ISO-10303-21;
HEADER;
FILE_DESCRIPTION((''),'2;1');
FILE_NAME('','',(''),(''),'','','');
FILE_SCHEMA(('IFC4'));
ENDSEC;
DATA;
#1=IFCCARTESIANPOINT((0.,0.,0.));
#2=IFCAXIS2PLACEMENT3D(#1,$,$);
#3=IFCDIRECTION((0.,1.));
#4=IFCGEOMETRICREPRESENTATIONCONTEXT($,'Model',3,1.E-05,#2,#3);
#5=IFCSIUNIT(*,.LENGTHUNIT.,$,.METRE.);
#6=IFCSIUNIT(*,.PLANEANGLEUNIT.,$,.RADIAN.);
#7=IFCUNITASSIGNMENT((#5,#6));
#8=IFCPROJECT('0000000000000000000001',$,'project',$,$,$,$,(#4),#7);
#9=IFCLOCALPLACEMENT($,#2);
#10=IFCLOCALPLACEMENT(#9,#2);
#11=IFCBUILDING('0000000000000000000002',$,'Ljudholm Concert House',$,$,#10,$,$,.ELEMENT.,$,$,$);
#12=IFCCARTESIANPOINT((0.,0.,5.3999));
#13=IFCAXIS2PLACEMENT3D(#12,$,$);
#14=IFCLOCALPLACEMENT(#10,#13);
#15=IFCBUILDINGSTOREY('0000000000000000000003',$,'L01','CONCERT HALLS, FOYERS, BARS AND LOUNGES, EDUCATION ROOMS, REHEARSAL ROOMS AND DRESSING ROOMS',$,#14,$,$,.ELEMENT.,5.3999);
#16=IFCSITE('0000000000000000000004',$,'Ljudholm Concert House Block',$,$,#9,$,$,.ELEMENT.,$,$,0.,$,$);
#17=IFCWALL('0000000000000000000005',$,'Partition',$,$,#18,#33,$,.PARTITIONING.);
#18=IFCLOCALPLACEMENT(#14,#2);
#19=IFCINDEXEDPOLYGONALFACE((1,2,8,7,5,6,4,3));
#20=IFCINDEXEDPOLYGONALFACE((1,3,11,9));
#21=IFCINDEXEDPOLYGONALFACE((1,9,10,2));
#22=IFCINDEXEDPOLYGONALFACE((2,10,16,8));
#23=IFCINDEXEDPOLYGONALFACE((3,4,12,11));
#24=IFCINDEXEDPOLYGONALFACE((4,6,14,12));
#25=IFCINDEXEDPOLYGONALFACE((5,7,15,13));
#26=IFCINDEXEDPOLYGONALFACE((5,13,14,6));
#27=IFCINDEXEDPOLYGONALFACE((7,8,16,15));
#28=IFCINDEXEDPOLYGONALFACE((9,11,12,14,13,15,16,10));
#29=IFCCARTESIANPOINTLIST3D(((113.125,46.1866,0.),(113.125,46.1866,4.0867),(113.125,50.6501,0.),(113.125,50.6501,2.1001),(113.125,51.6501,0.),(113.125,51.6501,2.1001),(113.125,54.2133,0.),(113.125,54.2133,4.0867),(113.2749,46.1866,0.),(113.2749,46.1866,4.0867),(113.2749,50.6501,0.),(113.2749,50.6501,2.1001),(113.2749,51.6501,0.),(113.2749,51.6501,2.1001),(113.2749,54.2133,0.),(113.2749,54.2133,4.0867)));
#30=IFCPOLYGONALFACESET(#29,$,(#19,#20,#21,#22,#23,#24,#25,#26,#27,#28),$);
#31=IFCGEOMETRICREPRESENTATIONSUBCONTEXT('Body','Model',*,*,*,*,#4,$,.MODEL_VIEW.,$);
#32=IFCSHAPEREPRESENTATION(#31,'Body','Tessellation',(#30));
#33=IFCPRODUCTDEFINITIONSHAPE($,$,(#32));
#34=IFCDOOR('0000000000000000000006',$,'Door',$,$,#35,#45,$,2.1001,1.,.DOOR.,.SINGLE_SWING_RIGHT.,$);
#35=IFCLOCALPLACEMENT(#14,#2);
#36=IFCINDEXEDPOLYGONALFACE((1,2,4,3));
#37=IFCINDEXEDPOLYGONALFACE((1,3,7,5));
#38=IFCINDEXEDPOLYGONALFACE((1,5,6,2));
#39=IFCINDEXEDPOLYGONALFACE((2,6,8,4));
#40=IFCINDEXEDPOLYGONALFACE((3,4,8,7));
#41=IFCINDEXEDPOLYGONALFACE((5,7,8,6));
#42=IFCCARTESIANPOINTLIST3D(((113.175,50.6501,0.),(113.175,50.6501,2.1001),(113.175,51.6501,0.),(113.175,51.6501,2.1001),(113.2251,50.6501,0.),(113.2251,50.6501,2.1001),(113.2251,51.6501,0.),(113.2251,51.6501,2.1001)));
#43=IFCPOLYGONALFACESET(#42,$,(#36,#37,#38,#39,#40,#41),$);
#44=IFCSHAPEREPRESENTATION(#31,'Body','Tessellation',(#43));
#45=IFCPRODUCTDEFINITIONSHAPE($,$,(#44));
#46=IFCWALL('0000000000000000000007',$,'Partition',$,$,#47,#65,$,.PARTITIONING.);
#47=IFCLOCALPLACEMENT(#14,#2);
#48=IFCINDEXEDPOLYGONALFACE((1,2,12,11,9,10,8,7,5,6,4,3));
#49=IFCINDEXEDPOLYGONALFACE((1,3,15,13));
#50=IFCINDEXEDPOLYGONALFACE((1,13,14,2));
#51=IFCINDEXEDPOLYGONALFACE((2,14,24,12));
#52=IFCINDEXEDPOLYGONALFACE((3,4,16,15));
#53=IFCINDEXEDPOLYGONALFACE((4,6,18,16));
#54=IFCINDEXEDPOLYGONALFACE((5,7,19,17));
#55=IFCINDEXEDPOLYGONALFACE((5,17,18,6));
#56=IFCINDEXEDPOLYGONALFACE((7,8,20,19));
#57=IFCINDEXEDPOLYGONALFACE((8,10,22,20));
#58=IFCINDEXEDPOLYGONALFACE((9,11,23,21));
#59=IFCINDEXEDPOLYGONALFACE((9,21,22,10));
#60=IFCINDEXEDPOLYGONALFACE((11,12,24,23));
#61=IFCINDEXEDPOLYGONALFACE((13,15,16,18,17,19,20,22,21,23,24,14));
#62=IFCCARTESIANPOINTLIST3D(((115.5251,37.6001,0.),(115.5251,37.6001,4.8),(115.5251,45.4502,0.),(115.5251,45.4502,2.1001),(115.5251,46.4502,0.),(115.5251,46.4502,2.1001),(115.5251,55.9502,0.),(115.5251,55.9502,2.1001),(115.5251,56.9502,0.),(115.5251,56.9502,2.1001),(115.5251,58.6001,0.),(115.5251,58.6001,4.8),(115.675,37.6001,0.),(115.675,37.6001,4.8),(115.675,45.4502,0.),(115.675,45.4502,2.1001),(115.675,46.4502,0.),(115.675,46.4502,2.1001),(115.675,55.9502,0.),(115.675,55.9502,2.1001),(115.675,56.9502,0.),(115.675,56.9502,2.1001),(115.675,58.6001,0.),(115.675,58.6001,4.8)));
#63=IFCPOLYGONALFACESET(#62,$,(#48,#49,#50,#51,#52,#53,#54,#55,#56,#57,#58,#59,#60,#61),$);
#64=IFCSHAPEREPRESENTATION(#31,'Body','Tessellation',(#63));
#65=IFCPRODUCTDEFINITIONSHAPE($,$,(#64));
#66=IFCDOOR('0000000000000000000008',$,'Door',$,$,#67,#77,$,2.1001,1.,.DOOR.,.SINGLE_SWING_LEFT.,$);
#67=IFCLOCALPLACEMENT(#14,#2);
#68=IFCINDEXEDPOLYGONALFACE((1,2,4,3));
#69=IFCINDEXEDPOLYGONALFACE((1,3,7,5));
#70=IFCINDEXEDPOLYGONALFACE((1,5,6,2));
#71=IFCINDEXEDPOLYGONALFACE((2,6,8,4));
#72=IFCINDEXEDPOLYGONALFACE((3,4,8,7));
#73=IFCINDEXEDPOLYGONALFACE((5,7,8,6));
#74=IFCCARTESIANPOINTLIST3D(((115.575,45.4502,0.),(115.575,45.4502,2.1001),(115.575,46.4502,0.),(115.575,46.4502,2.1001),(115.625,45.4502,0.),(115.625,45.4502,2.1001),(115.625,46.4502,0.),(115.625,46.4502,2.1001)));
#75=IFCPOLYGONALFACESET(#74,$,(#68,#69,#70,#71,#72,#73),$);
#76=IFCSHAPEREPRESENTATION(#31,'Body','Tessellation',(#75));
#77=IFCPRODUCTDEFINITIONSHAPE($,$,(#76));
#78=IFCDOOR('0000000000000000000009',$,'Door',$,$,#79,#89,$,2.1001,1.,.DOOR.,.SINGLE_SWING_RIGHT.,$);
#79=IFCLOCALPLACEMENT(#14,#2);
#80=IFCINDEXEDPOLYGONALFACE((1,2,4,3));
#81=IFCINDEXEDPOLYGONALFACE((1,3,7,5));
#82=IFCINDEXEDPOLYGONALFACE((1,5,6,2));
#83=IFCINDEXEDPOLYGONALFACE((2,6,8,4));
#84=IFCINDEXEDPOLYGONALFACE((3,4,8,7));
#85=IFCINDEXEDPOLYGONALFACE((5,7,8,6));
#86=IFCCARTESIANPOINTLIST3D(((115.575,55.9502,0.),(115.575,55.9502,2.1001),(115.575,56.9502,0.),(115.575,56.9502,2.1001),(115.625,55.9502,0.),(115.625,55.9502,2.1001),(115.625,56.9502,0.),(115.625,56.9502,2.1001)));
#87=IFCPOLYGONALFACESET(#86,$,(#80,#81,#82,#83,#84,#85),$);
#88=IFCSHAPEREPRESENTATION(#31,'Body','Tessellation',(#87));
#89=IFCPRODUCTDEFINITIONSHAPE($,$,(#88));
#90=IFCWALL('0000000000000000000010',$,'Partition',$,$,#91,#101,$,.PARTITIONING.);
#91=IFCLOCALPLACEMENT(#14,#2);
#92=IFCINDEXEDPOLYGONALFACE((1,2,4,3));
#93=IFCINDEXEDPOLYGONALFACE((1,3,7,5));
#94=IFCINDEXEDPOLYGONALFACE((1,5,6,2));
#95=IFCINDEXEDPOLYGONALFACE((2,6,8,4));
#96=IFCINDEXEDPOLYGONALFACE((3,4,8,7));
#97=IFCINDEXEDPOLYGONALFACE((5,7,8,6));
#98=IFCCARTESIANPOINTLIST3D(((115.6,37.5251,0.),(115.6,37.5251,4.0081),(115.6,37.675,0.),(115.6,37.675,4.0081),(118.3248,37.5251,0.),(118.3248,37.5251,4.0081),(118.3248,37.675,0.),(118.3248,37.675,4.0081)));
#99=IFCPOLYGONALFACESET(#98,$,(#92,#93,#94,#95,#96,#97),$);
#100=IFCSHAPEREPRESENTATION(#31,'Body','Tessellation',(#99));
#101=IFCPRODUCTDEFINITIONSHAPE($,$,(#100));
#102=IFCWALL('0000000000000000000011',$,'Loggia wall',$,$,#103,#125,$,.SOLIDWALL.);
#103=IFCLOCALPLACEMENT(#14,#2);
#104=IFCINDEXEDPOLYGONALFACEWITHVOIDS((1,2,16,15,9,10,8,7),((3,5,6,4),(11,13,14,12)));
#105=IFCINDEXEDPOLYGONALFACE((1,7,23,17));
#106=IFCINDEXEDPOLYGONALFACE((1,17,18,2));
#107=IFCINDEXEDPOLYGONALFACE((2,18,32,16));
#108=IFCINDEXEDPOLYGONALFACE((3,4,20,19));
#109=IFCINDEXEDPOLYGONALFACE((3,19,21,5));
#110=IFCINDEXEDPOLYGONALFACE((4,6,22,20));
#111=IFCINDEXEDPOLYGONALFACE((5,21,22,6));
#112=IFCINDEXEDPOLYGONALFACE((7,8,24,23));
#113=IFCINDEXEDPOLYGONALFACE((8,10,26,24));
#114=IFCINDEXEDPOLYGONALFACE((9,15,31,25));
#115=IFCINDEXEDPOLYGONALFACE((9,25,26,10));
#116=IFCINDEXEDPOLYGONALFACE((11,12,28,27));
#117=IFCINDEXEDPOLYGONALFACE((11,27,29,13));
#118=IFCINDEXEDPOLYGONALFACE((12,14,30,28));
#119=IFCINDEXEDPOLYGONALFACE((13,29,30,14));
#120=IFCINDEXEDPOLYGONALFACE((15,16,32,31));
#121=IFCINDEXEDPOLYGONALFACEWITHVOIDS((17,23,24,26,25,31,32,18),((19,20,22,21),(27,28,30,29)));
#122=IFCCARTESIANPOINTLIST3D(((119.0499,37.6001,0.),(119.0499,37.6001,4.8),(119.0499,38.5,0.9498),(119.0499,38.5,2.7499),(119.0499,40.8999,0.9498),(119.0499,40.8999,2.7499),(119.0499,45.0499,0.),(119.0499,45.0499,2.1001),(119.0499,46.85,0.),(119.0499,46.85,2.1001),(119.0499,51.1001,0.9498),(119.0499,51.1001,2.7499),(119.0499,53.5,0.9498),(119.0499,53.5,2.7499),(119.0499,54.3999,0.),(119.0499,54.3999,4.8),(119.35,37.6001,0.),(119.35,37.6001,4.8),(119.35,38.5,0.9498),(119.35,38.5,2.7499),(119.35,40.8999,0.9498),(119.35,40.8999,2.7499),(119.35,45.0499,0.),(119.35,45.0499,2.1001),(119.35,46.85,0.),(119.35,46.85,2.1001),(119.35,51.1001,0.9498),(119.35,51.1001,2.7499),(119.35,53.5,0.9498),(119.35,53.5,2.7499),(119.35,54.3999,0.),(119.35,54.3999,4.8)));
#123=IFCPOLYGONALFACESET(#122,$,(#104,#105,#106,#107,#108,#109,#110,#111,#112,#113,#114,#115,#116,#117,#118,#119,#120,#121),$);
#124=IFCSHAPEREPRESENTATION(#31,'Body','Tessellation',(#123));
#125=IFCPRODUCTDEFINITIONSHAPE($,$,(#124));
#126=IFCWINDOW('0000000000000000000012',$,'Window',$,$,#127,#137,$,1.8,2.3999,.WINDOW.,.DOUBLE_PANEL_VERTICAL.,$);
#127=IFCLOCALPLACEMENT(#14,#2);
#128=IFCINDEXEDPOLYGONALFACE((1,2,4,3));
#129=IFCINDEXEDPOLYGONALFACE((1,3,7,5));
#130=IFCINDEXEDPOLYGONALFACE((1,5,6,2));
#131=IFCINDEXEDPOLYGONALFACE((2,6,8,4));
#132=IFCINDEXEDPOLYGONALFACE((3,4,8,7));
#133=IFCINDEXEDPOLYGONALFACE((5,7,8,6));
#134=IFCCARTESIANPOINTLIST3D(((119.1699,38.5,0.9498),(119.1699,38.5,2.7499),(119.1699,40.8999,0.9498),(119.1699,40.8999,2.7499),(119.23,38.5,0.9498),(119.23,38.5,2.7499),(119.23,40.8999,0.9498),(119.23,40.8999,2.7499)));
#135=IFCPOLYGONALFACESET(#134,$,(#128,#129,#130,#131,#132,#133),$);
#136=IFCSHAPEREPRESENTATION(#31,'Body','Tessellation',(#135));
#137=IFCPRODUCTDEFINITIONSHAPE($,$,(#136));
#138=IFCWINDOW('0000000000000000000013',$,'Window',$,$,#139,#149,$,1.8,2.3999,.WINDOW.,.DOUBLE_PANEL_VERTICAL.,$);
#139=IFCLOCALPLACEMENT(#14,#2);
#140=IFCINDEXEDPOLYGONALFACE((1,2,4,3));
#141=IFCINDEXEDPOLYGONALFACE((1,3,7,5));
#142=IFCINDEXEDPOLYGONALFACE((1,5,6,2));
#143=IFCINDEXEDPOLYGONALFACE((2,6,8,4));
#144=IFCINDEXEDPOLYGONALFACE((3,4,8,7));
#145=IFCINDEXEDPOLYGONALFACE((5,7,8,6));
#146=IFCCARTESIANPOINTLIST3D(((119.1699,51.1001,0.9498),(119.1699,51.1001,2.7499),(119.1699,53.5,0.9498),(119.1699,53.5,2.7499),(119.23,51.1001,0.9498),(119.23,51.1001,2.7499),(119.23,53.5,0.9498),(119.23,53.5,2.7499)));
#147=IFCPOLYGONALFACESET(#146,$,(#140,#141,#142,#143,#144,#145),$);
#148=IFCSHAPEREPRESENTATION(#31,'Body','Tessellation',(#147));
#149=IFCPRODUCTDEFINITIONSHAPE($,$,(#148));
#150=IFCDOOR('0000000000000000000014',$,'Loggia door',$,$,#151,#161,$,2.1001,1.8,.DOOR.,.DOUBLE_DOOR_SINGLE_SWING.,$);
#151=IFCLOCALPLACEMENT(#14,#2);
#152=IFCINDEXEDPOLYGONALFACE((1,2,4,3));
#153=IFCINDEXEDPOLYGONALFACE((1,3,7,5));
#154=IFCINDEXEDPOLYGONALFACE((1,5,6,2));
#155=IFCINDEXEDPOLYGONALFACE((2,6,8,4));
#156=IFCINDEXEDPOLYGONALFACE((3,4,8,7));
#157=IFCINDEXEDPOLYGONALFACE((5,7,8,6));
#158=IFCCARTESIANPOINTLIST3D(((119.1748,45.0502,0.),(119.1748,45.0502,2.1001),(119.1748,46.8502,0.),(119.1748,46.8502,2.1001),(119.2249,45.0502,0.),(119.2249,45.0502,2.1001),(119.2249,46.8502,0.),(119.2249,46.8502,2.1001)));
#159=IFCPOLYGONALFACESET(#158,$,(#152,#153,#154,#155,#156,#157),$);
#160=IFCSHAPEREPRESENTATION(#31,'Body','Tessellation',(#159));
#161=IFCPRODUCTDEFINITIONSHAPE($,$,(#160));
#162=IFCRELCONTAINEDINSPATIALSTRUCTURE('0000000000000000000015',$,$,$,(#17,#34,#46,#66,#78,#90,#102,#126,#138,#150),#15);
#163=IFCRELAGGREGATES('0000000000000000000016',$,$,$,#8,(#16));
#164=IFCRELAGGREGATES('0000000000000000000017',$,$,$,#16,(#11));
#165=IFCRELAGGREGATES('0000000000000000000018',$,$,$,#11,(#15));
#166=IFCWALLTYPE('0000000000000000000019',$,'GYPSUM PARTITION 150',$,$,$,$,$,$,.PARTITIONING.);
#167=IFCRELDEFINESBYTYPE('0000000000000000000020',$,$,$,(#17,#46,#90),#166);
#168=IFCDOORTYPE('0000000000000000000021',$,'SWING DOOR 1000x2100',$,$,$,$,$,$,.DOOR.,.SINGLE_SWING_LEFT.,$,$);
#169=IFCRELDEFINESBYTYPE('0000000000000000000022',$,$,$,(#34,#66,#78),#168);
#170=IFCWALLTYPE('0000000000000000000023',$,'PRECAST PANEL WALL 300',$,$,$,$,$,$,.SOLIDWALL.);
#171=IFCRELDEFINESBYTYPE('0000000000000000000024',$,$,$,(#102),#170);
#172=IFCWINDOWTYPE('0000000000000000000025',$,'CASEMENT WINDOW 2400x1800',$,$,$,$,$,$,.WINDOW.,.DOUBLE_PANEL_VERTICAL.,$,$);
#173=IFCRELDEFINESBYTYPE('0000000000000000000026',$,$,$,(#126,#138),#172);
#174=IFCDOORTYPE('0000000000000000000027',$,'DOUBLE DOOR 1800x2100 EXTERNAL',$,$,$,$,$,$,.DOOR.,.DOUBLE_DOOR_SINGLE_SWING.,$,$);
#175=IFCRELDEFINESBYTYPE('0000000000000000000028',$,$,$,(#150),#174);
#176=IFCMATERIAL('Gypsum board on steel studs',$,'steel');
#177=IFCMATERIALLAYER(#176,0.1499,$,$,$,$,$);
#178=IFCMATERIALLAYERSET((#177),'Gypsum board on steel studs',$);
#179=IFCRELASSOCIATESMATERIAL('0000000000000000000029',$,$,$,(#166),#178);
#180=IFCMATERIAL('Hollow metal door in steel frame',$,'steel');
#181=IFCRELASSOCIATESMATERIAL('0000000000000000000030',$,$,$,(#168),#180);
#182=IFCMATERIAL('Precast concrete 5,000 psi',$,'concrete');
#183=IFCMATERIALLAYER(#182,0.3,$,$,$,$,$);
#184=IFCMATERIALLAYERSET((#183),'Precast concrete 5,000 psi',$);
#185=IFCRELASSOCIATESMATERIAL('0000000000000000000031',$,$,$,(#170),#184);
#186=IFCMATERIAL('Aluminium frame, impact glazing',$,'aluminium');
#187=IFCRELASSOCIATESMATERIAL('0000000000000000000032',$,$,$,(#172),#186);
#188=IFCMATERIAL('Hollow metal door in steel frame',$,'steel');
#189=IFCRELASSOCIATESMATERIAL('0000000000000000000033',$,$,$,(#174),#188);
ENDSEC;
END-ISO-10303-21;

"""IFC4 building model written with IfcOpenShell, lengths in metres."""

from ifc_helpers import new_model, si_unit, direction, frame, frame_2d, origin, place, context, subcontext, project, spatial, rectangle, extrude, material, layer, layer_set, type_object, element, fill, save


model = new_model("IFC4")

# Units and contexts
model_context = context("Model", 3, precision=1e-05, world=origin(), true_north=direction((0.0, 1.0)))
body_context = subcontext(model_context, "Body", "Model", "MODEL_VIEW")
ifc_project = project(units=[si_unit("LENGTHUNIT", "METRE"), si_unit("PLANEANGLEUNIT", "RADIAN")], contexts=[model_context])

# Site, building, storey
site_placement = place(None, origin())
site = spatial("IfcSite", under=ifc_project, at=site_placement, Name="Ljudholm Concert House Block", CompositionType="ELEMENT", RefElevation=0.0)
building_placement = place(site_placement, origin())
building = spatial("IfcBuilding", under=site, at=building_placement, Name="Ljudholm Concert House", CompositionType="ELEMENT")
storey_placement = place(building_placement, frame((0.0, 0.0, 5.3999)))
storey = spatial("IfcBuildingStorey", under=building, at=storey_placement, Name="L01", Description="CONCERT HALLS, FOYERS, BARS AND LOUNGES, EDUCATION ROOMS, REHEARSAL ROOMS AND DRESSING ROOMS", CompositionType="ELEMENT", Elevation=5.3999)

# Wall, opening, door
ifc_material_1 = material(Name="Gypsum board on steel studs", Category="steel")
ifc_layer_1 = layer(ifc_material_1, 0.1499)
ifc_layer_set_1 = layer_set([ifc_layer_1], Name="Gypsum board on steel studs")
wall_type_1 = type_object("IfcWallType", Name="GYPSUM PARTITION 150", PredefinedType="PARTITIONING", material=ifc_layer_set_1)
wall_1_placement = place(storey_placement, frame((113.2, 46.1868, 0.0), z_axis=(0.0, 0.0, 1.0), x_axis=(0.0, 1.0, 0.0)))
wall_1 = element("IfcWall", 1, at=wall_1_placement, inside=storey, type_object=wall_type_1, Name="Partition", PredefinedType="PARTITIONING", context=body_context, shape_type="SweptSolid", body=[
    extrude(rectangle(XDim=8.0266, YDim=0.1499, at=frame_2d((4.0132, 0.0))), origin(), (0.0, 0.0, 1.0), 4.0867),
])
opening_1_placement = place(wall_1_placement, frame((4.4634, 0.0, 0.0)))
opening_1 = element("IfcOpeningElement", 2, at=opening_1_placement, cuts=wall_1, PredefinedType="OPENING", context=body_context, shape_type="SweptSolid", body=[
    extrude(rectangle(XDim=1.0, YDim=2.1001, at=frame_2d((0.5, 1.05))), frame((0.0, 0.085, 0.0), z_axis=(0.0, -1.0, 0.0), x_axis=(1.0, 0.0, 0.0)), (0.0, 0.0, 1.0), 0.1699),
])
ifc_material_2 = material(Name="Hollow metal door in steel frame", Category="steel")
door_type_1 = type_object("IfcDoorType", Name="SWING DOOR 1000x2100", OperationType="SINGLE_SWING_LEFT", PredefinedType="DOOR", material=ifc_material_2)
door_1_placement = place(opening_1_placement, origin())
door_1 = element("IfcDoor", 3, at=door_1_placement, inside=storey, type_object=door_type_1, Name="Door", OperationType="SINGLE_SWING_RIGHT", OverallHeight=2.1001, OverallWidth=1.0, PredefinedType="DOOR", context=body_context, shape_type="SweptSolid", body=[
    extrude(rectangle(XDim=1.0, YDim=2.1001, at=frame_2d((0.5, 1.05))), frame((0.0, 0.0249, 0.0), z_axis=(0.0, -1.0, 0.0), x_axis=(1.0, 0.0, 0.0)), (0.0, 0.0, 1.0), 0.05),
])
fill(opening_1, door_1)

# Wall, openings, doors
wall_2_placement = place(storey_placement, frame((115.6001, 37.6001, 0.0), z_axis=(0.0, 0.0, 1.0), x_axis=(0.0, 1.0, 0.0)))
wall_2 = element("IfcWall", 4, at=wall_2_placement, inside=storey, type_object=wall_type_1, Name="Partition", PredefinedType="PARTITIONING", context=body_context, shape_type="SweptSolid", body=[
    extrude(rectangle(XDim=21.0, YDim=0.1499, at=frame_2d((10.5, 0.0))), origin(), (0.0, 0.0, 1.0), 4.8),
])
opening_2_placement = place(wall_2_placement, frame((7.8501, 0.0, 0.0)))
opening_2 = element("IfcOpeningElement", 5, at=opening_2_placement, cuts=wall_2, PredefinedType="OPENING", context=body_context, shape_type="SweptSolid", body=[
    extrude(rectangle(XDim=1.0, YDim=2.1001, at=frame_2d((0.5, 1.05))), frame((0.0, 0.085, 0.0), z_axis=(0.0, -1.0, 0.0), x_axis=(1.0, 0.0, 0.0)), (0.0, 0.0, 1.0), 0.1699),
])
opening_3_placement = place(wall_2_placement, frame((18.3501, 0.0, 0.0)))
opening_3 = element("IfcOpeningElement", 6, at=opening_3_placement, cuts=wall_2, PredefinedType="OPENING", context=body_context, shape_type="SweptSolid", body=[
    extrude(rectangle(XDim=1.0, YDim=2.1001, at=frame_2d((0.5, 1.05))), frame((0.0, 0.085, 0.0), z_axis=(0.0, -1.0, 0.0), x_axis=(1.0, 0.0, 0.0)), (0.0, 0.0, 1.0), 0.1699),
])
door_2_placement = place(opening_2_placement, frame((1.0, 0.0, 0.0), z_axis=(0.0, 0.0, 1.0), x_axis=(-1.0, 0.0, 0.0)))
door_2 = element("IfcDoor", 7, at=door_2_placement, inside=storey, type_object=door_type_1, Name="Door", OperationType="SINGLE_SWING_LEFT", OverallHeight=2.1001, OverallWidth=1.0, PredefinedType="DOOR", context=body_context, shape_type="SweptSolid", body=[
    extrude(rectangle(XDim=1.0, YDim=2.1001, at=frame_2d((0.5, 1.05))), frame((0.0, 0.0249, 0.0), z_axis=(0.0, -1.0, 0.0), x_axis=(1.0, 0.0, 0.0)), (0.0, 0.0, 1.0), 0.05),
])
fill(opening_2, door_2)
door_3_placement = place(opening_3_placement, frame((1.0, 0.0, 0.0), z_axis=(0.0, 0.0, 1.0), x_axis=(-1.0, 0.0, 0.0)))
door_3 = element("IfcDoor", 8, at=door_3_placement, inside=storey, type_object=door_type_1, Name="Door", OperationType="SINGLE_SWING_RIGHT", OverallHeight=2.1001, OverallWidth=1.0, PredefinedType="DOOR", context=body_context, shape_type="SweptSolid", body=[
    extrude(rectangle(XDim=1.0, YDim=2.1001, at=frame_2d((0.5, 1.05))), frame((0.0, 0.0249, 0.0), z_axis=(0.0, -1.0, 0.0), x_axis=(1.0, 0.0, 0.0)), (0.0, 0.0, 1.0), 0.05),
])
fill(opening_3, door_3)

# Wall
wall_3_placement = place(storey_placement, frame((115.6001, 37.6001, 0.0), z_axis=(0.0, 0.0, 1.0), x_axis=(1.0, 0.0, 0.0)))
element("IfcWall", 9, at=wall_3_placement, inside=storey, type_object=wall_type_1, Name="Partition", PredefinedType="PARTITIONING", context=body_context, shape_type="SweptSolid", body=[
    extrude(rectangle(XDim=2.7249, YDim=0.1499, at=frame_2d((1.3623, 0.0))), origin(), (0.0, 0.0, 1.0), 4.0081),
])

# Wall, openings, windows, door
ifc_material_3 = material(Name="Precast concrete 5,000 psi", Category="concrete")
ifc_layer_2 = layer(ifc_material_3, 0.3)
ifc_layer_set_2 = layer_set([ifc_layer_2], Name="Precast concrete 5,000 psi")
wall_type_2 = type_object("IfcWallType", Name="PRECAST PANEL WALL 300", PredefinedType="SOLIDWALL", material=ifc_layer_set_2)
wall_4_placement = place(storey_placement, frame((119.2, 37.6001, 0.0), z_axis=(0.0, 0.0, 1.0), x_axis=(0.0, 1.0, 0.0)))
wall_4 = element("IfcWall", 10, at=wall_4_placement, inside=storey, type_object=wall_type_2, Name="Loggia wall", PredefinedType="SOLIDWALL", context=body_context, shape_type="SweptSolid", body=[
    extrude(rectangle(XDim=16.7998, YDim=0.3, at=frame_2d((8.3999, 0.0))), origin(), (0.0, 0.0, 1.0), 4.8),
])
opening_4_placement = place(wall_4_placement, frame((7.45, 0.0, 0.0)))
opening_4 = element("IfcOpeningElement", 11, at=opening_4_placement, cuts=wall_4, PredefinedType="OPENING", context=body_context, shape_type="SweptSolid", body=[
    extrude(rectangle(XDim=1.8, YDim=2.1001, at=frame_2d((0.8999, 1.05))), frame((0.0, 0.1599, 0.0), z_axis=(0.0, -1.0, 0.0), x_axis=(1.0, 0.0, 0.0)), (0.0, 0.0, 1.0), 0.3201),
])
opening_5_placement = place(wall_4_placement, frame((0.8999, 0.0, 0.95)))
opening_5 = element("IfcOpeningElement", 12, at=opening_5_placement, cuts=wall_4, PredefinedType="OPENING", context=body_context, shape_type="SweptSolid", body=[
    extrude(rectangle(XDim=2.3999, YDim=1.8, at=frame_2d((1.2, 0.8999))), frame((0.0, 0.1599, 0.0), z_axis=(0.0, -1.0, 0.0), x_axis=(1.0, 0.0, 0.0)), (0.0, 0.0, 1.0), 0.3201),
])
opening_6_placement = place(wall_4_placement, frame((13.5, 0.0, 0.95)))
opening_6 = element("IfcOpeningElement", 13, at=opening_6_placement, cuts=wall_4, PredefinedType="OPENING", context=body_context, shape_type="SweptSolid", body=[
    extrude(rectangle(XDim=2.3999, YDim=1.8, at=frame_2d((1.2, 0.8999))), frame((0.0, 0.1599, 0.0), z_axis=(0.0, -1.0, 0.0), x_axis=(1.0, 0.0, 0.0)), (0.0, 0.0, 1.0), 0.3201),
])
ifc_material_4 = material(Name="Aluminium frame, impact glazing", Category="aluminium")
window_type = type_object("IfcWindowType", Name="CASEMENT WINDOW 2400x1800", PartitioningType="DOUBLE_PANEL_VERTICAL", PredefinedType="WINDOW", material=ifc_material_4)
window_1_placement = place(opening_5_placement, origin())
window_1 = element("IfcWindow", 14, at=window_1_placement, inside=storey, type_object=window_type, Name="Window", OverallHeight=1.8, OverallWidth=2.3999, PartitioningType="DOUBLE_PANEL_VERTICAL", PredefinedType="WINDOW", context=body_context, shape_type="SweptSolid", body=[
    extrude(rectangle(XDim=2.3999, YDim=1.8, at=frame_2d((1.2, 0.8999))), frame((0.0, 0.03, 0.0), z_axis=(0.0, -1.0, 0.0), x_axis=(1.0, 0.0, 0.0)), (0.0, 0.0, 1.0), 0.0601),
])
fill(opening_5, window_1)
window_2_placement = place(opening_6_placement, origin())
window_2 = element("IfcWindow", 15, at=window_2_placement, inside=storey, type_object=window_type, Name="Window", OverallHeight=1.8, OverallWidth=2.3999, PartitioningType="DOUBLE_PANEL_VERTICAL", PredefinedType="WINDOW", context=body_context, shape_type="SweptSolid", body=[
    extrude(rectangle(XDim=2.3999, YDim=1.8, at=frame_2d((1.2, 0.8999))), frame((0.0, 0.03, 0.0), z_axis=(0.0, -1.0, 0.0), x_axis=(1.0, 0.0, 0.0)), (0.0, 0.0, 1.0), 0.0601),
])
fill(opening_6, window_2)
ifc_material_5 = material(Name="Hollow metal door in steel frame", Category="steel")
door_type_2 = type_object("IfcDoorType", Name="DOUBLE DOOR 1800x2100 EXTERNAL", OperationType="DOUBLE_DOOR_SINGLE_SWING", PredefinedType="DOOR", material=ifc_material_5)
door_4_placement = place(opening_4_placement, frame((1.8, 0.0, 0.0), z_axis=(0.0, 0.0, 1.0), x_axis=(-1.0, 0.0, 0.0)))
door_4 = element("IfcDoor", 16, at=door_4_placement, inside=storey, type_object=door_type_2, Name="Loggia door", OperationType="DOUBLE_DOOR_SINGLE_SWING", OverallHeight=2.1001, OverallWidth=1.8, PredefinedType="DOOR", context=body_context, shape_type="SweptSolid", body=[
    extrude(rectangle(XDim=1.8, YDim=2.1001, at=frame_2d((0.8999, 1.05))), frame((0.0, 0.0249, 0.0), z_axis=(0.0, -1.0, 0.0), x_axis=(1.0, 0.0, 0.0)), (0.0, 0.0, 1.0), 0.05),
])
fill(opening_4, door_4)

save(model, "model.ifc")
